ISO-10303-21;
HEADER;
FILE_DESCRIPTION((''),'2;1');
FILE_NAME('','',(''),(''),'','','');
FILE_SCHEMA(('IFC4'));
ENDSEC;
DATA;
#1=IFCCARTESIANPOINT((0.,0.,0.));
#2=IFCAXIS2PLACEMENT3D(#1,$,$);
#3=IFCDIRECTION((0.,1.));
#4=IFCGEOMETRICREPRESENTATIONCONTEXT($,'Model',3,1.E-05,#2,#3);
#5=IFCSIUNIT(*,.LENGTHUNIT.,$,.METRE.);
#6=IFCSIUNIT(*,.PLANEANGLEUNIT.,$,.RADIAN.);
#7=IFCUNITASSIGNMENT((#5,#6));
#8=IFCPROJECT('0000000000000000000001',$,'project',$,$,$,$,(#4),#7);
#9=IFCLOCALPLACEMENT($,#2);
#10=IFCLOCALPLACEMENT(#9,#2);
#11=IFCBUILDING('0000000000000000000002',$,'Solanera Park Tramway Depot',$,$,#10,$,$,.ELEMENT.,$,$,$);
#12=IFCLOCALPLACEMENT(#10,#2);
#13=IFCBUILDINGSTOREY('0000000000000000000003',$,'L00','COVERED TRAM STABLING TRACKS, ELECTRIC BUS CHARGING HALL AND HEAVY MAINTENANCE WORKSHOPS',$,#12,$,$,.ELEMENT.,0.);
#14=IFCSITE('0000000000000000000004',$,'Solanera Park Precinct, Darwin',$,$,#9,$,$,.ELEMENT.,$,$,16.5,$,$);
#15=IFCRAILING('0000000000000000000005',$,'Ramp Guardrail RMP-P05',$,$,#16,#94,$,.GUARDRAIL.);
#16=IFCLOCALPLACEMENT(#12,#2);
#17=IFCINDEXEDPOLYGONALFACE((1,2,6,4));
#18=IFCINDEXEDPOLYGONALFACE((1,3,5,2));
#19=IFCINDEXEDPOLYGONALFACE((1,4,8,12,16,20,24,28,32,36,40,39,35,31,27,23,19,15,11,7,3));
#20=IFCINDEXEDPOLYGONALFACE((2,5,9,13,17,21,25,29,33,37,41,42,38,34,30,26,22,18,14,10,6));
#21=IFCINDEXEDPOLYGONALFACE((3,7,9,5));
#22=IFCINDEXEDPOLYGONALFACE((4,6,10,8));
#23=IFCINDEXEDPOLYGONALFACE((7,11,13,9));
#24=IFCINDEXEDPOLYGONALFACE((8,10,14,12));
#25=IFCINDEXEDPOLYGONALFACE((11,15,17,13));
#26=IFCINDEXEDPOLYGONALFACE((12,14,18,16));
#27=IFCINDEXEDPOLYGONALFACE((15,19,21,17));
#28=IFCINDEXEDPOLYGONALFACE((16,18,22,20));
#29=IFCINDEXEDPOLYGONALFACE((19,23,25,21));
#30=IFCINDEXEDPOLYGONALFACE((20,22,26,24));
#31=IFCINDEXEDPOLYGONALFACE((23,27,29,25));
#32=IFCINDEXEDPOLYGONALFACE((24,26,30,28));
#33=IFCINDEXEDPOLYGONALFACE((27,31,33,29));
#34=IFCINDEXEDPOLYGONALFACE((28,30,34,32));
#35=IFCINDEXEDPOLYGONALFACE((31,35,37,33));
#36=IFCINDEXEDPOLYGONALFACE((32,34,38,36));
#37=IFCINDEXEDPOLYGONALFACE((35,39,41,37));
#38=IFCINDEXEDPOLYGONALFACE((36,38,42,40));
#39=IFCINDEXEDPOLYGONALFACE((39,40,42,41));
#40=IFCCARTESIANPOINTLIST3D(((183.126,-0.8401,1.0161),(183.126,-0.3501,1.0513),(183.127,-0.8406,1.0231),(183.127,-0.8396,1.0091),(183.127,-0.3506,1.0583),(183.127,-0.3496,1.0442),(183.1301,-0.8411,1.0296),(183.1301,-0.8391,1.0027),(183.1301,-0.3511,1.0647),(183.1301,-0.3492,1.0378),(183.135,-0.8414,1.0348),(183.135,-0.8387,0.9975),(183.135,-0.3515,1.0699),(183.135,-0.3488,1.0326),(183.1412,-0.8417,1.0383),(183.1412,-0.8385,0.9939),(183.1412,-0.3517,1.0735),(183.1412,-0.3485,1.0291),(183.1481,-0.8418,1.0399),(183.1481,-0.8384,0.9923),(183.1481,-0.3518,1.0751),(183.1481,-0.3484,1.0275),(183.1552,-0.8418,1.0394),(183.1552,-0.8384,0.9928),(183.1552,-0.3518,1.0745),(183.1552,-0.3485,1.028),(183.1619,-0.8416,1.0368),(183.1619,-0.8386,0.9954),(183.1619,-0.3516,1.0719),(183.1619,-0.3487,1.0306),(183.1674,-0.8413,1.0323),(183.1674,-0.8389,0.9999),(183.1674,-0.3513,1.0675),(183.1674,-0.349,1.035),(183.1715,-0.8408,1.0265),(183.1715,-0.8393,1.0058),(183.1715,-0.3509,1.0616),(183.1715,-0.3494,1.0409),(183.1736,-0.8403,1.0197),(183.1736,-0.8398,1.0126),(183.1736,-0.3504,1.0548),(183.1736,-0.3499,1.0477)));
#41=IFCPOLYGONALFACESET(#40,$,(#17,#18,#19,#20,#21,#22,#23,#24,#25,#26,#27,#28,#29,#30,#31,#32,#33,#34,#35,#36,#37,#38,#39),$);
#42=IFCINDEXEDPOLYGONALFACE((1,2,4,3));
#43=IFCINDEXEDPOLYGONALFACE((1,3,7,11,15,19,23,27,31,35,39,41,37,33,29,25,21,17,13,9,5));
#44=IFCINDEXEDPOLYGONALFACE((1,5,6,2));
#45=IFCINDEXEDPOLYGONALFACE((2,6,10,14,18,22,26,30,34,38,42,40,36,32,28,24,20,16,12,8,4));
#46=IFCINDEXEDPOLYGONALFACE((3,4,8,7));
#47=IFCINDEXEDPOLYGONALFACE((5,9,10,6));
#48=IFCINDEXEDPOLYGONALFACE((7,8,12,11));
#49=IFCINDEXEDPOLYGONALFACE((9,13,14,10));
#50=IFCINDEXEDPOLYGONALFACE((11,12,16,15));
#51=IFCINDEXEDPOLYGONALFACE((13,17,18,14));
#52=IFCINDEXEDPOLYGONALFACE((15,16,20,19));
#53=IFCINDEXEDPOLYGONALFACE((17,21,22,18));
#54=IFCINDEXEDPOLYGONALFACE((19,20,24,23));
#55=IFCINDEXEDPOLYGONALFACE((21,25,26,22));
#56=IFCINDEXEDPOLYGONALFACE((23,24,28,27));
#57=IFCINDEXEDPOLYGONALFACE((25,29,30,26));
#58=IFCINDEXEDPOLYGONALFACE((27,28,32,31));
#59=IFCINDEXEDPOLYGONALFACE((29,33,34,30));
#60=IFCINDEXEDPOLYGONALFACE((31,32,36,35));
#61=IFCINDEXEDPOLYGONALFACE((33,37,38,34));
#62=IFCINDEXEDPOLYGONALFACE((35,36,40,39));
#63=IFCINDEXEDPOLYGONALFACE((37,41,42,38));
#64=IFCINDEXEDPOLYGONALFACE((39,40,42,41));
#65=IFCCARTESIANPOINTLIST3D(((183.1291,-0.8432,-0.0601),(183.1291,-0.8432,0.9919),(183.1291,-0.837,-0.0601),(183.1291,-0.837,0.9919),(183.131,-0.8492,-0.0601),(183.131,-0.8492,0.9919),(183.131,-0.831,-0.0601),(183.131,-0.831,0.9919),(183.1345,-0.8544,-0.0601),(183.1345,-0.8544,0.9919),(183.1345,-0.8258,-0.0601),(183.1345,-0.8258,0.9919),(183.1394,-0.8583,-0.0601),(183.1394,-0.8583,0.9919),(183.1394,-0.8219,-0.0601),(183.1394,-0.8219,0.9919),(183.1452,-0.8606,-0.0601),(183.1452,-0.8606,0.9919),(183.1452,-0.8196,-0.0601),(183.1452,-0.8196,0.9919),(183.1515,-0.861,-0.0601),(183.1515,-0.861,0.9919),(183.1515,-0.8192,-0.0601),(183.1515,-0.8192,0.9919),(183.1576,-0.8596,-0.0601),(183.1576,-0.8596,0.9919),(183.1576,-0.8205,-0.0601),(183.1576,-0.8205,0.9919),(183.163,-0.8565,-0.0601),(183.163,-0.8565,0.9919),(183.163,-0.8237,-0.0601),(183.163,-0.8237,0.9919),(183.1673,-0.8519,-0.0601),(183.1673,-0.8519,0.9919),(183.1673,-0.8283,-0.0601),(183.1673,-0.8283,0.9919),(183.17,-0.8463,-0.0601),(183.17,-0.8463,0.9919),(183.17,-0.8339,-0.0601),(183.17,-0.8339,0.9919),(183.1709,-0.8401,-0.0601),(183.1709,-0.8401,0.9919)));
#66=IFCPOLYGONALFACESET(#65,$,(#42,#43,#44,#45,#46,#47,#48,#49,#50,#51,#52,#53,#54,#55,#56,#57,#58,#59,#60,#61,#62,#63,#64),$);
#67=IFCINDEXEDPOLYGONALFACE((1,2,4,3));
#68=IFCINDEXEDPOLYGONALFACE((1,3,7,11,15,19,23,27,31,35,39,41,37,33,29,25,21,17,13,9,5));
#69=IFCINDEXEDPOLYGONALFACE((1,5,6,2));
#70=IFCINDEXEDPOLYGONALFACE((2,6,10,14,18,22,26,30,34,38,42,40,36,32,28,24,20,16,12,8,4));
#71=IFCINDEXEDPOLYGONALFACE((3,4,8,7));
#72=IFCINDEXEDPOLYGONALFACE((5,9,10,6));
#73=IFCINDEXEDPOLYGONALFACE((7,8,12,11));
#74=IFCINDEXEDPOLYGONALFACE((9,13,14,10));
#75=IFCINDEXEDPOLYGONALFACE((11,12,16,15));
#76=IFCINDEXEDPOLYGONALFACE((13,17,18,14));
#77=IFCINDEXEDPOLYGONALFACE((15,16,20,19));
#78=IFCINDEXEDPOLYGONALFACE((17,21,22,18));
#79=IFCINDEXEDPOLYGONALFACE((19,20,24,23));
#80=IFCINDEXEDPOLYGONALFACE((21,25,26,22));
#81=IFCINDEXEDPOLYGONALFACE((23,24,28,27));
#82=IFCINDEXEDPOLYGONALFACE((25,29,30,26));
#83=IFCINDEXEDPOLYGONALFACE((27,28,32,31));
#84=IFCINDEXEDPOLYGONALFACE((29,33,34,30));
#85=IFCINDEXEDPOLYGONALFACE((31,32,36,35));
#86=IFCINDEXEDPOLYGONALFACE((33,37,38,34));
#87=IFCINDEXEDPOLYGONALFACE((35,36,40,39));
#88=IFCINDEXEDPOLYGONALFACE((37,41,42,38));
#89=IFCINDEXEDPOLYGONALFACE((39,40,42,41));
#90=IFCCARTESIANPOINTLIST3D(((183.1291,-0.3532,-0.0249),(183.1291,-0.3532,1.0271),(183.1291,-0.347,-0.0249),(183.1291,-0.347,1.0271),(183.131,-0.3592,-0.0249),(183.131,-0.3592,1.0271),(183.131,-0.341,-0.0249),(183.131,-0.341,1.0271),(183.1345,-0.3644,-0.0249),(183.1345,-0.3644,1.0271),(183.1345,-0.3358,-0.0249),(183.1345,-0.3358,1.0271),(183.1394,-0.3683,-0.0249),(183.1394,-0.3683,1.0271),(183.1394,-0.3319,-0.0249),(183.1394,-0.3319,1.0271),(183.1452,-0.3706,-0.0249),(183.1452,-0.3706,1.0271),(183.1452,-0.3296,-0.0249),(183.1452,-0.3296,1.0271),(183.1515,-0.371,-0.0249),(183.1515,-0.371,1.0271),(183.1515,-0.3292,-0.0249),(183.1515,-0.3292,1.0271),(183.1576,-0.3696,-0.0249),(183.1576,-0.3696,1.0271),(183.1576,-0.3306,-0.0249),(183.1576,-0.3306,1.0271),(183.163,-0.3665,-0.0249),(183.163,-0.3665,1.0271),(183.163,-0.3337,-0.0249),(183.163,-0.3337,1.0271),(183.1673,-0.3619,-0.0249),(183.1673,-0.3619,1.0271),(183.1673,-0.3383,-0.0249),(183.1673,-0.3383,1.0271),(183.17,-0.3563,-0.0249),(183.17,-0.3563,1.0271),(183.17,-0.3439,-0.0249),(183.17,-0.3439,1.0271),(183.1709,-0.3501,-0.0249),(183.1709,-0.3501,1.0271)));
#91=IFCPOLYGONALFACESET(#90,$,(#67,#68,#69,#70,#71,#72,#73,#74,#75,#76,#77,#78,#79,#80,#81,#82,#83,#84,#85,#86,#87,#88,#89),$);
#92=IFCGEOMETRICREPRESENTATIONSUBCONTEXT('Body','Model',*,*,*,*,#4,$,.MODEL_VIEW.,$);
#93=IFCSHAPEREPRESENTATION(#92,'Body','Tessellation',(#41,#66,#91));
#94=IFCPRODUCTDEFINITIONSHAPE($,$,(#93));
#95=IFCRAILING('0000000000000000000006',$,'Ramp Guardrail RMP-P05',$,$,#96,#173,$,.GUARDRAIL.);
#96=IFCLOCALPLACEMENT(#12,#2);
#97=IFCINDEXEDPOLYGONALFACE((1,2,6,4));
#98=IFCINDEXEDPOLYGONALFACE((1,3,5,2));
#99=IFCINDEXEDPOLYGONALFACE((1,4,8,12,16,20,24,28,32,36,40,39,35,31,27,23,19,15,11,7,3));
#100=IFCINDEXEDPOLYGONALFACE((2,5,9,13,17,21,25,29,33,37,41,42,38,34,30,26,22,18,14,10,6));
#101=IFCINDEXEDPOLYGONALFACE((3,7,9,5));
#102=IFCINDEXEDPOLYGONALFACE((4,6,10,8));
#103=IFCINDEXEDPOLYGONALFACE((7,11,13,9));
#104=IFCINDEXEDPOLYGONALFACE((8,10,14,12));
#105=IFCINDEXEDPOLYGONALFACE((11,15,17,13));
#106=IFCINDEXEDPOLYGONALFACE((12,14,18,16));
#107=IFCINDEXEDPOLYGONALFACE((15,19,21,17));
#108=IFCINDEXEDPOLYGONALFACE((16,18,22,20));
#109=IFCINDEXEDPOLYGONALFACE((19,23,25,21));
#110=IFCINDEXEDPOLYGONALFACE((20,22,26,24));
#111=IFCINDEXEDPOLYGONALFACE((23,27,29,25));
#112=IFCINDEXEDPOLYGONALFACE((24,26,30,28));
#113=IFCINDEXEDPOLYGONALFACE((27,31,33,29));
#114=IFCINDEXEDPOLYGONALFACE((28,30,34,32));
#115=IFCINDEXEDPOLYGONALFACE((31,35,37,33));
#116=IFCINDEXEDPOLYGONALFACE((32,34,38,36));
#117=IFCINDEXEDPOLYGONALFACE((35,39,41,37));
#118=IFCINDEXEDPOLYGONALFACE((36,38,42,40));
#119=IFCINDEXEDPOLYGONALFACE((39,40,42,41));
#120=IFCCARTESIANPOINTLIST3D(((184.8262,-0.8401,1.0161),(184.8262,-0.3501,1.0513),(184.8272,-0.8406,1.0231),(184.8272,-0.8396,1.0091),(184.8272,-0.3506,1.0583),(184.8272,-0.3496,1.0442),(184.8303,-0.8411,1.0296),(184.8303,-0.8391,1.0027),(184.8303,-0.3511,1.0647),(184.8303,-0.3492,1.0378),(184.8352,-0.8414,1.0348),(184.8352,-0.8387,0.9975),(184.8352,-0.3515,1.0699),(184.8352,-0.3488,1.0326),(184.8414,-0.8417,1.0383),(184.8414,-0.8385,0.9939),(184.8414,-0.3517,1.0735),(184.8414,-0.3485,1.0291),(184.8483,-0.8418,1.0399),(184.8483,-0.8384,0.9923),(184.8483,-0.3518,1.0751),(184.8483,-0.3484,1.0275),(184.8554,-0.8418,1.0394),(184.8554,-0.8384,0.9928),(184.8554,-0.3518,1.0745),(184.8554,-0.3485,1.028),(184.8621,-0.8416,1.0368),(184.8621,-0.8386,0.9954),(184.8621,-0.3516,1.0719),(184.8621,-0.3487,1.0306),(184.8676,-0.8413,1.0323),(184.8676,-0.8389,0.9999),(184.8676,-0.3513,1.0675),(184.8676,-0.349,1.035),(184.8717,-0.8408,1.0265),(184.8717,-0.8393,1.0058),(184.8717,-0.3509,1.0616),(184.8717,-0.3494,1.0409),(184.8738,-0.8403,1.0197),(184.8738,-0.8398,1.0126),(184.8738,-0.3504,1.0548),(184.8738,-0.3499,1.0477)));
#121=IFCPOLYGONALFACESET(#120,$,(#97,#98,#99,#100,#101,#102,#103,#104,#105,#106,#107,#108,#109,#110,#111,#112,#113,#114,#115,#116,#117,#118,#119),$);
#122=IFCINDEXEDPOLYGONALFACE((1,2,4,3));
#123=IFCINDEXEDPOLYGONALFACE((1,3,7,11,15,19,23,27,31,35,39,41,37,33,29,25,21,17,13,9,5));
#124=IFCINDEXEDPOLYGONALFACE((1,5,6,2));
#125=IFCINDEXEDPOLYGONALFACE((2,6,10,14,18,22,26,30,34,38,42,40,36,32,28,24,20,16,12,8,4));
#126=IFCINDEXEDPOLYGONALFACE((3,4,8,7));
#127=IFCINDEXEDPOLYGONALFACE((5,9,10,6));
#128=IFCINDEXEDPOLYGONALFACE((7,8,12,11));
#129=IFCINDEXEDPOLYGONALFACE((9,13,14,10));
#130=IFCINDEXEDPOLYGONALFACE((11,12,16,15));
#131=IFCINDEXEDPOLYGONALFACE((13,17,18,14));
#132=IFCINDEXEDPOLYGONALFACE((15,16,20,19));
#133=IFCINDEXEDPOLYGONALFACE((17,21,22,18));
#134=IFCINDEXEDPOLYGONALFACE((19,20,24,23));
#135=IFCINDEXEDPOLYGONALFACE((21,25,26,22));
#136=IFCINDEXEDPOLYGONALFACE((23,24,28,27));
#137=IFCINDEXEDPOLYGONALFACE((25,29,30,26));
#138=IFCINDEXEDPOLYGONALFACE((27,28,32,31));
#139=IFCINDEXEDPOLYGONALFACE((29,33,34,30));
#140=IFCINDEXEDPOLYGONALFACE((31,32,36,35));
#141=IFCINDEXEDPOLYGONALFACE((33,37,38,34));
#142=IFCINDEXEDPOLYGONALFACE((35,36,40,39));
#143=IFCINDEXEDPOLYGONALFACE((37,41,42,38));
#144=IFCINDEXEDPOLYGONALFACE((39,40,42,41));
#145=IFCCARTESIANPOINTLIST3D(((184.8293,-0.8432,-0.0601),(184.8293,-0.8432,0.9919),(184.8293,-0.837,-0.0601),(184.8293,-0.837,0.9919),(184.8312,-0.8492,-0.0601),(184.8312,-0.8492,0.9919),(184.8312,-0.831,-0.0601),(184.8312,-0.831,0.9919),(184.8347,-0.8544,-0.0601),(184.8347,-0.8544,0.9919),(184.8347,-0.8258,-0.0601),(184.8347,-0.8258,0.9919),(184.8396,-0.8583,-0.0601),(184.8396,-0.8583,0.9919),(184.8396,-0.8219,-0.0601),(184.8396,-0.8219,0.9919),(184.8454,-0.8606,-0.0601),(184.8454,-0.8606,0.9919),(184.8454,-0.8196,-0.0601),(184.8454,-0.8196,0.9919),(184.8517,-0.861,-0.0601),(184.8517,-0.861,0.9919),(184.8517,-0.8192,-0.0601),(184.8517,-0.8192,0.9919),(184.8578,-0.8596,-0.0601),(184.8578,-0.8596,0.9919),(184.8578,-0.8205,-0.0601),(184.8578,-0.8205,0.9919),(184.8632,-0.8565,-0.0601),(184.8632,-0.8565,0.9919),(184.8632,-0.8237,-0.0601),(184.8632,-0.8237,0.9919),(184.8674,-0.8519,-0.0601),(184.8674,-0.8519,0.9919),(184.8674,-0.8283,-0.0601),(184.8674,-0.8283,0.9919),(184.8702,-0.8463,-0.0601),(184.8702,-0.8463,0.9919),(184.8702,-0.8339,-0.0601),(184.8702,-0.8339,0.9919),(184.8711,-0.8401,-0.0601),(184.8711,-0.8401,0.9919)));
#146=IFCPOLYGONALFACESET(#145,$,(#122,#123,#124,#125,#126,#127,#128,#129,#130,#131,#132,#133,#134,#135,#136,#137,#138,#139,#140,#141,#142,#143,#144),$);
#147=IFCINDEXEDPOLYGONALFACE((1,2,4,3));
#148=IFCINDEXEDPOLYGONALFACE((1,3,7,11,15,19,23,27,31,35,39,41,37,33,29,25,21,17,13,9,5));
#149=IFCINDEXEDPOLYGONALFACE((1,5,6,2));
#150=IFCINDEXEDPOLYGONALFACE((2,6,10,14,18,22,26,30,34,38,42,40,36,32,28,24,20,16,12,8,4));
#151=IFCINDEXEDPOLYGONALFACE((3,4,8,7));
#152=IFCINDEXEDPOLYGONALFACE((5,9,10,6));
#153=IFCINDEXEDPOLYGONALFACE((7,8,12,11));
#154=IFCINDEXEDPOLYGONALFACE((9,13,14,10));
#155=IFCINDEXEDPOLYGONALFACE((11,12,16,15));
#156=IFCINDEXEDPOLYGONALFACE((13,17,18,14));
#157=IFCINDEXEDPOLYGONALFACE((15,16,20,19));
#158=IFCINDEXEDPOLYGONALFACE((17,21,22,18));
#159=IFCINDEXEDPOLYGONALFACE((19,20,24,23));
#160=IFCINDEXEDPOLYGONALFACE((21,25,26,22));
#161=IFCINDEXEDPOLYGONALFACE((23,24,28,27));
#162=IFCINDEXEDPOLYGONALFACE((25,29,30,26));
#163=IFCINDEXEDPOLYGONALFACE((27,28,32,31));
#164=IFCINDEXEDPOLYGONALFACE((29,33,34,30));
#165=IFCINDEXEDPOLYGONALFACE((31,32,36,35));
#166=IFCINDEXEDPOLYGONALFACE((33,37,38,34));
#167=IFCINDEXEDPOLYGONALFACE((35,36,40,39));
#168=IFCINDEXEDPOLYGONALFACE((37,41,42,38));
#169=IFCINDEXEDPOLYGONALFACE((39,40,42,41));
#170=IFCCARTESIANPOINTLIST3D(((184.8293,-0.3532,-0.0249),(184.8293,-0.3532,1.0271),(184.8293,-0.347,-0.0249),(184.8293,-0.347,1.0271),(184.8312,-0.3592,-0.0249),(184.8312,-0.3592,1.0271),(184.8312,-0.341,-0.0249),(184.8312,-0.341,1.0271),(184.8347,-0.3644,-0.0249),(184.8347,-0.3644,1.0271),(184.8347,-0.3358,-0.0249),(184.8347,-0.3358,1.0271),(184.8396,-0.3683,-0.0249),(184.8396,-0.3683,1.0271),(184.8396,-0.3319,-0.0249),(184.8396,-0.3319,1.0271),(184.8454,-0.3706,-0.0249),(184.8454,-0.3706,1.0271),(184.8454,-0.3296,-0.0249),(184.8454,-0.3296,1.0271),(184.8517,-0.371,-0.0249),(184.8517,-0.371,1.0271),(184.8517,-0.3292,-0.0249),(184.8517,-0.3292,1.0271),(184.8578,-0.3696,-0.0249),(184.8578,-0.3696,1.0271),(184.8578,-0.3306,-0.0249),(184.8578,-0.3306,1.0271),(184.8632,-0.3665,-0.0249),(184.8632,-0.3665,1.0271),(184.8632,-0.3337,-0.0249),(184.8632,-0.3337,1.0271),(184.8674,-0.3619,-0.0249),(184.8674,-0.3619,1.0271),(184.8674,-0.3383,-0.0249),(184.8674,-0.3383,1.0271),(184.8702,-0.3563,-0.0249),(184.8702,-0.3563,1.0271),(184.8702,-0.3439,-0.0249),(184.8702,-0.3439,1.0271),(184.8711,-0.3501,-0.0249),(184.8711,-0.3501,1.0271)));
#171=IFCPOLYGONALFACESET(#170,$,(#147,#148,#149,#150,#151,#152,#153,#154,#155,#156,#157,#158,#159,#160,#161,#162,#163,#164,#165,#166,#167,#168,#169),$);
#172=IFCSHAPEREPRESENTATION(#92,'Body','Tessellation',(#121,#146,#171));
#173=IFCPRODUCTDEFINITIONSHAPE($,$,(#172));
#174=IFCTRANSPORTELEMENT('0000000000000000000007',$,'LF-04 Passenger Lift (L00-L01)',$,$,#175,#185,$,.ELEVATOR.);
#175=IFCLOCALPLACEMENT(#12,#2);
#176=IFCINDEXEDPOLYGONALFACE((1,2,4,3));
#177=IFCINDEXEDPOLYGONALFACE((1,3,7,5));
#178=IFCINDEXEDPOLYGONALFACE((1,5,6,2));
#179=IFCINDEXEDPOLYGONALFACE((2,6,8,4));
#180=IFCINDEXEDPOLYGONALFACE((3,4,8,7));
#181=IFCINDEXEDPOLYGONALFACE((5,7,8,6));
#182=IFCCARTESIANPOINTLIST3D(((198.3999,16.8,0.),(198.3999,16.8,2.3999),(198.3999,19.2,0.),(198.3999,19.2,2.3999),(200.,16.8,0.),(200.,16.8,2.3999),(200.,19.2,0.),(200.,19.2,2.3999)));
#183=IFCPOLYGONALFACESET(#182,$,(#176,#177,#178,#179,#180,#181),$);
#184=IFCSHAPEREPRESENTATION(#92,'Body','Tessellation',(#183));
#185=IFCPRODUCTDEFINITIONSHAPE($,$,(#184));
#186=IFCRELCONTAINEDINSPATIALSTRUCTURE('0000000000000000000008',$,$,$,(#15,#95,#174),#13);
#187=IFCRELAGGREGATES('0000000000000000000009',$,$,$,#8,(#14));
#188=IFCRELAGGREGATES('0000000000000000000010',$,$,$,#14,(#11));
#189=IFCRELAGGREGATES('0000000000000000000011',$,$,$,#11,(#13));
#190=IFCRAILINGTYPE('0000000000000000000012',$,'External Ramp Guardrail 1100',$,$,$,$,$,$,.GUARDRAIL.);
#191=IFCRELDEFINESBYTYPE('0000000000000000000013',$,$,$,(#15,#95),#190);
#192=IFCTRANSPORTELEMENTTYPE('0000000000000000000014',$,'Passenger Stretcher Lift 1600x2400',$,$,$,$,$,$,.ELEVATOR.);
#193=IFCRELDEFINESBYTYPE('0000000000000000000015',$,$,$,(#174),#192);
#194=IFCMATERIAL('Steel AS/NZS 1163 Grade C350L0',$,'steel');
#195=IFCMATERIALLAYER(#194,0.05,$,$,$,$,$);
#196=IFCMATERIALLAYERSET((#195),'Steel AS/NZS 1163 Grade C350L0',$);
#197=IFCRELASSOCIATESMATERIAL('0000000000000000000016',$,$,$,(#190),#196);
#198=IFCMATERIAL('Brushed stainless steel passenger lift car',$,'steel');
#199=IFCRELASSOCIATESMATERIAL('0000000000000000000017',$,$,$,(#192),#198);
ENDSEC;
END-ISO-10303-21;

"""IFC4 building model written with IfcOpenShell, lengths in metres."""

from ifc_helpers import new_model, si_unit, direction, frame, origin, origin_2d, place, context, subcontext, project, spatial, rectangle, circle, extrude, material, layer, layer_set, type_object, element, save


model = new_model("IFC4")

# Units and contexts
model_context = context("Model", 3, precision=1e-05, world=origin(), true_north=direction((0.0, 1.0)))
body_context = subcontext(model_context, "Body", "Model", "MODEL_VIEW")
ifc_project = project(units=[si_unit("LENGTHUNIT", "METRE"), si_unit("PLANEANGLEUNIT", "RADIAN")], contexts=[model_context])

# Site, building, storey
site_placement = place(None, origin())
site = spatial("IfcSite", under=ifc_project, at=site_placement, Name="Solanera Park Precinct, Darwin", CompositionType="ELEMENT", RefElevation=16.5)
building_placement = place(site_placement, origin())
building = spatial("IfcBuilding", under=site, at=building_placement, Name="Solanera Park Tramway Depot", CompositionType="ELEMENT")
storey_placement = place(building_placement, origin())
storey = spatial("IfcBuildingStorey", under=building, at=storey_placement, Name="L00", Description="COVERED TRAM STABLING TRACKS, ELECTRIC BUS CHARGING HALL AND HEAVY MAINTENANCE WORKSHOPS", CompositionType="ELEMENT", Elevation=0.0)

# Railings
ifc_material_1 = material(Name="Steel AS/NZS 1163 Grade C350L0", Category="steel")
ifc_layer_1 = layer(ifc_material_1, 0.05)
ifc_layer_set_1 = layer_set([ifc_layer_1], Name="Steel AS/NZS 1163 Grade C350L0")
railing_type = type_object("IfcRailingType", Name="External Ramp Guardrail 1100", PredefinedType="GUARDRAIL", material=ifc_layer_set_1)
for number, where, name in (
    (1, (183.1499, -0.8401, -0.0601), "Ramp Guardrail RMP-P05"),
    (2, (184.8501, -0.8401, -0.0601), "Ramp Guardrail RMP-P05"),
):
    element("IfcRailing", number, at=place(storey_placement, frame(where)), inside=storey, type_object=railing_type, Name=name, PredefinedType="GUARDRAIL", context=body_context, shape_type="SweptSolid", body=[
        extrude(circle(Radius=0.0239, at=origin_2d()), frame((0.0, 0.0, 1.0762), z_axis=(0.0, 0.997436, 0.071565), x_axis=(-1.0, 0.0, 0.0)), (0.0, 0.0, 1.0), 0.4912),
        extrude(circle(Radius=0.021, at=origin_2d()), origin(), (0.0, 0.0, 1.0), 1.052),
        extrude(circle(Radius=0.021, at=origin_2d()), frame((0.0, 0.49, 0.0352)), (0.0, 0.0, 1.0), 1.052),
    ])

# Transport element
ifc_material_2 = material(Name="Brushed stainless steel passenger lift car", Category="steel")
transport_element_type = type_object("IfcTransportElementType", Name="Passenger Stretcher Lift 1600x2400", PredefinedType="ELEVATOR", material=ifc_material_2)
transport_element_placement = place(storey_placement, frame((199.2, 18.0, 0.0), z_axis=(0.0, 0.0, 1.0), x_axis=(1.0, 0.0, 0.0)))
element("IfcTransportElement", 3, at=transport_element_placement, inside=storey, type_object=transport_element_type, Name="LF-04 Passenger Lift (L00-L01)", PredefinedType="ELEVATOR", context=body_context, shape_type="SweptSolid", body=[
    extrude(rectangle(XDim=1.6001, YDim=2.3999, at=origin_2d()), origin(), (0.0, 0.0, 1.0), 2.3999),
])

save(model, "model.ifc")
